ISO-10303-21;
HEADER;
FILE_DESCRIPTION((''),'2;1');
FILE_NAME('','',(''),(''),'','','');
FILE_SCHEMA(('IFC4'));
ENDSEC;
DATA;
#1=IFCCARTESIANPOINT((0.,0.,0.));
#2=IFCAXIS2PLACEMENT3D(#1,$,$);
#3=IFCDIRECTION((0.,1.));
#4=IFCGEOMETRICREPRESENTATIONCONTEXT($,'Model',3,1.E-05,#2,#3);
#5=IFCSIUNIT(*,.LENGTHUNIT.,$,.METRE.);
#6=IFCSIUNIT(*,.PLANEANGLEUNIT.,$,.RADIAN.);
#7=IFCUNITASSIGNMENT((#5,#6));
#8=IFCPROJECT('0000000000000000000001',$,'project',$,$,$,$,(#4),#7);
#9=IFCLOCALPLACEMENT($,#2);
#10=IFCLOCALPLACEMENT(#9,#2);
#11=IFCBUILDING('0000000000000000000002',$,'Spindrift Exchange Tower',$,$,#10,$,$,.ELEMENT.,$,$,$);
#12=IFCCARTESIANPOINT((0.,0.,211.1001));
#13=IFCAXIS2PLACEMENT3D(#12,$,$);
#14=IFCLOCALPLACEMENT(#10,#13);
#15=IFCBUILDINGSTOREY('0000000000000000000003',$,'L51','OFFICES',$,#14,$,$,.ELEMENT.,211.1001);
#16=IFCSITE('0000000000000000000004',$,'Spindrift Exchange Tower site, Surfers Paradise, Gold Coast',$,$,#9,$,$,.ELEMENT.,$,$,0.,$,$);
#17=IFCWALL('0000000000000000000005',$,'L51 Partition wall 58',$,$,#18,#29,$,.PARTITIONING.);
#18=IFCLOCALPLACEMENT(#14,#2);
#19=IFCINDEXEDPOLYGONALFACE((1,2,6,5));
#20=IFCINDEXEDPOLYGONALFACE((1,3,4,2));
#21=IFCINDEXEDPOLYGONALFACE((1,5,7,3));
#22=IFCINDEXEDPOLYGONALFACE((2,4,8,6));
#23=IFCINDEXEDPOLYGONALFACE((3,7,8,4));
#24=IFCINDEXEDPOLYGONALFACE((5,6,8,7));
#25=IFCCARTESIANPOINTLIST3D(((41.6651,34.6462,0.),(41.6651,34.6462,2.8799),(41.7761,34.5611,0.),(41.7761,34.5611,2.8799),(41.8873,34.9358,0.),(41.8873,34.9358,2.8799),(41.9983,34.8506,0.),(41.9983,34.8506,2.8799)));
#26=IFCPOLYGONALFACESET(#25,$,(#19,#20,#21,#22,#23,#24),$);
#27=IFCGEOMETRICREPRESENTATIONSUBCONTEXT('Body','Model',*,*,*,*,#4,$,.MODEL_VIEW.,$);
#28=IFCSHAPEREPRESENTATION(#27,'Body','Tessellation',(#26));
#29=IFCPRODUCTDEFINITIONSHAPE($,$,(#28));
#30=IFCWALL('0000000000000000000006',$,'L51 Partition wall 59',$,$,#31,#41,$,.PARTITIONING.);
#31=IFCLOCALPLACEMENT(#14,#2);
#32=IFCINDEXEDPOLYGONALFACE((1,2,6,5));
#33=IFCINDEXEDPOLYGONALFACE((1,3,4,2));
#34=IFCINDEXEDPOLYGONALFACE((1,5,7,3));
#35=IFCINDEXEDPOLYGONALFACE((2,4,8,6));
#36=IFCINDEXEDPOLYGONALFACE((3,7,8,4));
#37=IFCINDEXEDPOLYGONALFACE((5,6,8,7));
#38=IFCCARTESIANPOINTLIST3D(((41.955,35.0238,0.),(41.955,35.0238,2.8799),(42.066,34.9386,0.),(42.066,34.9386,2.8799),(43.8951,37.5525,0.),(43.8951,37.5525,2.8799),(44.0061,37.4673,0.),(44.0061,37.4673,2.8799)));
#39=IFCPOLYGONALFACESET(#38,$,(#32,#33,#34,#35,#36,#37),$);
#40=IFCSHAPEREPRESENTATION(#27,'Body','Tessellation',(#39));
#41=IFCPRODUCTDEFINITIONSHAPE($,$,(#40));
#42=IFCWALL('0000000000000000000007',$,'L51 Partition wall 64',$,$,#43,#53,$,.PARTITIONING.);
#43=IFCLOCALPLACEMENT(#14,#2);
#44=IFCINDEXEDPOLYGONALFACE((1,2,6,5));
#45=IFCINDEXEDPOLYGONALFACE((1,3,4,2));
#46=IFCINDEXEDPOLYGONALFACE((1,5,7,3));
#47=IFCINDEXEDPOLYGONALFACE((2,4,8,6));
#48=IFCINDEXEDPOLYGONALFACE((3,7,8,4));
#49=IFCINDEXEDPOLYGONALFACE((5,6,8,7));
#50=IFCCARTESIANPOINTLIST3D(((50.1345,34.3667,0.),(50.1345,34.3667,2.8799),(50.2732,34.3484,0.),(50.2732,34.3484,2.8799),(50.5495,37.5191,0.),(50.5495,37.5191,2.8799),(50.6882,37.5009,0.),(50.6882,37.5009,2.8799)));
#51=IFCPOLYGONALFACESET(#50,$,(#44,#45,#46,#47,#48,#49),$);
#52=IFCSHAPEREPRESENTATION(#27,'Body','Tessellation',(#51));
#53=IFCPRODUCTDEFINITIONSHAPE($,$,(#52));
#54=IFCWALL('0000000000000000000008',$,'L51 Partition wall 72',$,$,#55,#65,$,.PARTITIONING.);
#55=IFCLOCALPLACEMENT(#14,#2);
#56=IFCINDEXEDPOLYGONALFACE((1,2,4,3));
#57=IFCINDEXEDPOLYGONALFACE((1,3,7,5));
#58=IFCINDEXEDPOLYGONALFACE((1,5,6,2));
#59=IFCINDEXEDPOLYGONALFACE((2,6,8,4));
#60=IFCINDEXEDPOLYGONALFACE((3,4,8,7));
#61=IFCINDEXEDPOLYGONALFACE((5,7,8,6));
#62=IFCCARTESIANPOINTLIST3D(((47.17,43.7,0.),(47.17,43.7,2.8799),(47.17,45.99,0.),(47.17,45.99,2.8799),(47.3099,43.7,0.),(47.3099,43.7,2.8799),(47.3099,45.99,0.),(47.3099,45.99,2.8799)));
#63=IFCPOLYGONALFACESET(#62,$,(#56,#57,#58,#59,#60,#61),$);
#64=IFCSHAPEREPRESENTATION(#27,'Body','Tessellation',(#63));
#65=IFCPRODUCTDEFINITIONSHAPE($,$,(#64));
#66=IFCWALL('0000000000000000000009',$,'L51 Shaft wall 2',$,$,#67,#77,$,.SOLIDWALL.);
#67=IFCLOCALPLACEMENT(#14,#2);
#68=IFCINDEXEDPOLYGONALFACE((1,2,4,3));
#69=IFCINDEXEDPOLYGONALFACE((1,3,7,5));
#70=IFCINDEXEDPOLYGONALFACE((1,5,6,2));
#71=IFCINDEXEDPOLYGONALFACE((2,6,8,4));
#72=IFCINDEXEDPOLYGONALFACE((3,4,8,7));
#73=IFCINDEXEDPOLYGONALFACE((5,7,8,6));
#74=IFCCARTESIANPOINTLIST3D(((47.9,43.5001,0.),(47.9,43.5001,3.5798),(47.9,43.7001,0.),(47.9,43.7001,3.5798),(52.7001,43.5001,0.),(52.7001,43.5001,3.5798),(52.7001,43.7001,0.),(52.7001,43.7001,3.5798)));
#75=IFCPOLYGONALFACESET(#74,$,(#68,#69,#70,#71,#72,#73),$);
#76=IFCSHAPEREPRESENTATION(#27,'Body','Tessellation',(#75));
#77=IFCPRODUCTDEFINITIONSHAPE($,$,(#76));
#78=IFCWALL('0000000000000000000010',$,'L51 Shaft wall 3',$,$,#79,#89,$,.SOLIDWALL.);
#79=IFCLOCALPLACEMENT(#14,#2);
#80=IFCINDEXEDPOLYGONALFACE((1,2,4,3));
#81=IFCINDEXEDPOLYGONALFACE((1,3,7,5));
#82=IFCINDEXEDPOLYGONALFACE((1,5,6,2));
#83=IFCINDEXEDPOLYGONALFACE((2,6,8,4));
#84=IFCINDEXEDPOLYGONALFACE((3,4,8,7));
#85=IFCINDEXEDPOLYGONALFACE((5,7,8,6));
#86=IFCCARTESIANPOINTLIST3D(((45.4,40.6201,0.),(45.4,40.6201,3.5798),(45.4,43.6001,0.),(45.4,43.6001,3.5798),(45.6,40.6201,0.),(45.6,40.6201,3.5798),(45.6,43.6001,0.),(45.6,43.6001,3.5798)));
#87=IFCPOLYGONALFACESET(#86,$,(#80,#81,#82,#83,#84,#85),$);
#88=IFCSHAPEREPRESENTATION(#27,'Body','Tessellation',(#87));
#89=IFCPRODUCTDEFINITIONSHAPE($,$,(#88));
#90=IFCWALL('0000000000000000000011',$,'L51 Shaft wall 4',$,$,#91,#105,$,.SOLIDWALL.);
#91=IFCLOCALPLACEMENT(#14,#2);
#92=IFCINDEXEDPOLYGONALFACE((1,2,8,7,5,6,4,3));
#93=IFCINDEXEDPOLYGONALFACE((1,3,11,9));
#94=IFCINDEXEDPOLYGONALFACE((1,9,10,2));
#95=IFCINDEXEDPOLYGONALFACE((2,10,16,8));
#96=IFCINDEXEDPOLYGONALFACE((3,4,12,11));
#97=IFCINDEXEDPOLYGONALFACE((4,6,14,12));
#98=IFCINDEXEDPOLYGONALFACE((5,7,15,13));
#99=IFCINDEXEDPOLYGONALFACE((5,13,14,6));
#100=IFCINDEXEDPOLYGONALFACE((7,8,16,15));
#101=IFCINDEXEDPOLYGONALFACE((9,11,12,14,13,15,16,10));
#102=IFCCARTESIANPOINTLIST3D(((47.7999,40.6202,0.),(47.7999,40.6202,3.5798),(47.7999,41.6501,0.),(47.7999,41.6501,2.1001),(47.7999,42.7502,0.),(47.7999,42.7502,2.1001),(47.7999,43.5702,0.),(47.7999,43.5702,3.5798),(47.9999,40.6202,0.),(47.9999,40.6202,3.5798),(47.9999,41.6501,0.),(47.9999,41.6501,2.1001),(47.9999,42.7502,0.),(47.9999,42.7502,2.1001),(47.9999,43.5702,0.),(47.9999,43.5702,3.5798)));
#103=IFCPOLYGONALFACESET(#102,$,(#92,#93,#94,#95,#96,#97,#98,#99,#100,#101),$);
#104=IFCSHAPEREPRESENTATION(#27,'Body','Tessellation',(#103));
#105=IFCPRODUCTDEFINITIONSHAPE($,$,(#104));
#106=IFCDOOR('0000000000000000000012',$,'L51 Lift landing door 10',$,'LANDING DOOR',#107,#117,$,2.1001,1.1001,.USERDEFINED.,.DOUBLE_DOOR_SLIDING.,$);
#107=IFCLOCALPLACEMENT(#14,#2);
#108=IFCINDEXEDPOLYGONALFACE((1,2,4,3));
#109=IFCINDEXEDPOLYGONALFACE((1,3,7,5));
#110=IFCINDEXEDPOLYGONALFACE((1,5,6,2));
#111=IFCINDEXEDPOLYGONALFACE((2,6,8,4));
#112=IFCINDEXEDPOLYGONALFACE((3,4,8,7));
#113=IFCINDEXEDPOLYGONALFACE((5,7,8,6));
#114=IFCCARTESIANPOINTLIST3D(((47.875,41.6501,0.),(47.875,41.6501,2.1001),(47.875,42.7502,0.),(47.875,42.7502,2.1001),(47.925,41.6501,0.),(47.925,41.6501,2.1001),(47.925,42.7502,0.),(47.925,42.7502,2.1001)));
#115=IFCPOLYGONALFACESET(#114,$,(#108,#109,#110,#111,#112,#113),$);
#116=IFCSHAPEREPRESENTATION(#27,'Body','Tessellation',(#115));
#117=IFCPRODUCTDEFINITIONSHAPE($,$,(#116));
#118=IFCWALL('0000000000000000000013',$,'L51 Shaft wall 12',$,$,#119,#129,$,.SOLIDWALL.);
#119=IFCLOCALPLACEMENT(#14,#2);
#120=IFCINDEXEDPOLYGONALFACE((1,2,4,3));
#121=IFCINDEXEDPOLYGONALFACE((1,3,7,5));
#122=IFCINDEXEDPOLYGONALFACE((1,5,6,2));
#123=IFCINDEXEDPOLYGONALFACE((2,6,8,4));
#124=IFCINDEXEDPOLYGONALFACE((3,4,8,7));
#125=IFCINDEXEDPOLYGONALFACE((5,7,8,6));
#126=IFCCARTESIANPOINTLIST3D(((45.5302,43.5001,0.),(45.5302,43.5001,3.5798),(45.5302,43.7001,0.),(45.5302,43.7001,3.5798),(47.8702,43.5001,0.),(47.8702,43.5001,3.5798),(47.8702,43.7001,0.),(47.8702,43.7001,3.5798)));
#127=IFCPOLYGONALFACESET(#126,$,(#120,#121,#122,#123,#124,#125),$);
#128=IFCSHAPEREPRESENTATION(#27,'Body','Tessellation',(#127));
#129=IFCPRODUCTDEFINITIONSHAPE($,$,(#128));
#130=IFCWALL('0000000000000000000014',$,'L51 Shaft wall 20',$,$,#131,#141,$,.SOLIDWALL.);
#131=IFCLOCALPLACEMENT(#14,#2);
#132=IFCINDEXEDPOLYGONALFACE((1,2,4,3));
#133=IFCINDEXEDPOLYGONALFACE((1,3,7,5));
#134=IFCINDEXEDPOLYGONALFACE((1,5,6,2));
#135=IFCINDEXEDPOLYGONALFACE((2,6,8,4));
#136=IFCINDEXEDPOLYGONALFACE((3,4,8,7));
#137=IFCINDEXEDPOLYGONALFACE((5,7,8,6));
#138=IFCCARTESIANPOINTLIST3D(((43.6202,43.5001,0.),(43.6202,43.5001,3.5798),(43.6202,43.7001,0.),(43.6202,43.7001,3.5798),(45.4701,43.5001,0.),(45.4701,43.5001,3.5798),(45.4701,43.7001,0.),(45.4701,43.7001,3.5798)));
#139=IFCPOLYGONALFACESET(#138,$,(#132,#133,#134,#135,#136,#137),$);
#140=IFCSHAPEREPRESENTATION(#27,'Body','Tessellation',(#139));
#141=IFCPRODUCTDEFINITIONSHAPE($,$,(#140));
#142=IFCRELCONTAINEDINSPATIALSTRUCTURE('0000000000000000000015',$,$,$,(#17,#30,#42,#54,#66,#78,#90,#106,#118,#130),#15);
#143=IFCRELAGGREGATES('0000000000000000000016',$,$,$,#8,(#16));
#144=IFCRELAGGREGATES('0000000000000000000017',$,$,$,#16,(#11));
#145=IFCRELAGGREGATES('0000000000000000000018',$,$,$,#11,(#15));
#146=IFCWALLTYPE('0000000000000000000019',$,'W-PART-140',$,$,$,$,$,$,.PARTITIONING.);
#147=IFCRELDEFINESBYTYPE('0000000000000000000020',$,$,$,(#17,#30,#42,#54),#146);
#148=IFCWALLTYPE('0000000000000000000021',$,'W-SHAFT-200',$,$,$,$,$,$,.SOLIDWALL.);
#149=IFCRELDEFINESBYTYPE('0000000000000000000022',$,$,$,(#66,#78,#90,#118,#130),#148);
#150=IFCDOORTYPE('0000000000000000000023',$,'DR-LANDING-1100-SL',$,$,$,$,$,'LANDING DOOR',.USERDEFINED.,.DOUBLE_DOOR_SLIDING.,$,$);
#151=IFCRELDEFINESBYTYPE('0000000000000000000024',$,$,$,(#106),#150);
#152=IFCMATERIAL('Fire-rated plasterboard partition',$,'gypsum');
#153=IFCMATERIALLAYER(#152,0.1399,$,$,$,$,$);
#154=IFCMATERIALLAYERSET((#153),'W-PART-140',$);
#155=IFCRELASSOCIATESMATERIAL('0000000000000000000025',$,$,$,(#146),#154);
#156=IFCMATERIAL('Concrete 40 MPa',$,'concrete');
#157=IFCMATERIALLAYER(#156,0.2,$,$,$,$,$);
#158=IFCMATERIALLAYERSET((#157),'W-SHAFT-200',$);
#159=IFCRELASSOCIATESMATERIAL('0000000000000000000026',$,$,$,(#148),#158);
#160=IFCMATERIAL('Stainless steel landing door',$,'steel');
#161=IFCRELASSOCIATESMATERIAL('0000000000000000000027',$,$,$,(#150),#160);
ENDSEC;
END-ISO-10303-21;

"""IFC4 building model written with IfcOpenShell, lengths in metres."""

from ifc_helpers import new_model, si_unit, direction, frame, frame_2d, origin, place, context, subcontext, project, spatial, rectangle, extrude, source, transform, mapped, material, layer, layer_set, type_object, element, fill, save


model = new_model("IFC4")

# Units and contexts
model_context = context("Model", 3, precision=1e-05, world=origin(), true_north=direction((0.0, 1.0)))
body_context = subcontext(model_context, "Body", "Model", "MODEL_VIEW")
ifc_project = project(units=[si_unit("LENGTHUNIT", "METRE"), si_unit("PLANEANGLEUNIT", "RADIAN")], contexts=[model_context])

# Site, building, storey
site_placement = place(None, origin())
site = spatial("IfcSite", under=ifc_project, at=site_placement, Name="Spindrift Exchange Tower site, Surfers Paradise, Gold Coast", CompositionType="ELEMENT", RefElevation=0.0)
building_placement = place(site_placement, origin())
building = spatial("IfcBuilding", under=site, at=building_placement, Name="Spindrift Exchange Tower", CompositionType="ELEMENT")
storey_placement = place(building_placement, frame((0.0, 0.0, 211.1001)))
storey = spatial("IfcBuildingStorey", under=building, at=storey_placement, Name="L51", Description="OFFICES", CompositionType="ELEMENT", Elevation=211.1001)

# Shared definitions
ifc_material_1 = material(Name="Fire-rated plasterboard partition", Category="gypsum")

# Shared definitions
ifc_layer_1 = layer(ifc_material_1, 0.1399)
ifc_layer_set_1 = layer_set([ifc_layer_1], Name="W-PART-140")
wall_type_1 = type_object("IfcWallType", Name="W-PART-140", PredefinedType="PARTITIONING", material=ifc_layer_set_1)

# Walls
wall_1_placement = place(storey_placement, frame((41.9429, 34.8933, 0.0), z_axis=(0.0, 0.0, 1.0), x_axis=(-0.60874, -0.793369, 0.0)))
element("IfcWall", 1, at=wall_1_placement, inside=storey, type_object=wall_type_1, Name="L51 Partition wall 58", PredefinedType="PARTITIONING", context=body_context, shape_type="SweptSolid", body=[
    extrude(rectangle(XDim=0.365, YDim=0.1399, at=frame_2d((0.1826, 0.0))), origin(), (0.0, 0.0, 1.0), 2.8799),
])
wall_2_placement = place(storey_placement, frame((43.9507, 37.51, 0.0), z_axis=(0.0, 0.0, 1.0), x_axis=(-0.608715, -0.793389, 0.0)))
element("IfcWall", 2, at=wall_2_placement, inside=storey, type_object=wall_type_1, Name="L51 Partition wall 59", PredefinedType="PARTITIONING", context=body_context, shape_type="SweptSolid", body=[
    extrude(rectangle(XDim=3.1873, YDim=0.1399, at=frame_2d((1.5938, 0.0))), origin(), (0.0, 0.0, 1.0), 2.8799),
])
wall_3_placement = place(storey_placement, frame((50.6189, 37.51, 0.0), z_axis=(0.0, 0.0, 1.0), x_axis=(-0.130524, -0.991445, 0.0)))
element("IfcWall", 3, at=wall_3_placement, inside=storey, type_object=wall_type_1, Name="L51 Partition wall 64", PredefinedType="PARTITIONING", context=body_context, shape_type="SweptSolid", body=[
    extrude(rectangle(XDim=3.1797, YDim=0.1399, at=frame_2d((1.5898, 0.0))), origin(), (0.0, 0.0, 1.0), 2.8799),
])
wall_4_placement = place(storey_placement, frame((47.24, 43.7, 0.0), z_axis=(0.0, 0.0, 1.0), x_axis=(0.0, 1.0, 0.0)))
element("IfcWall", 4, at=wall_4_placement, inside=storey, type_object=wall_type_1, Name="L51 Partition wall 72", PredefinedType="PARTITIONING", context=body_context, shape_type="SweptSolid", body=[
    extrude(rectangle(XDim=2.29, YDim=0.1399, at=frame_2d((1.145, 0.0))), origin(), (0.0, 0.0, 1.0), 2.8799),
])
ifc_material_2 = material(Name="Concrete 40 MPa", Category="concrete")
ifc_layer_2 = layer(ifc_material_2, 0.2)
ifc_layer_set_2 = layer_set([ifc_layer_2], Name="W-SHAFT-200")
wall_type_2 = type_object("IfcWallType", Name="W-SHAFT-200", PredefinedType="SOLIDWALL", material=ifc_layer_set_2)
wall_5_placement = place(storey_placement, frame((52.7, 43.6001, 0.0), z_axis=(0.0, 0.0, 1.0), x_axis=(-1.0, 0.0, 0.0)))
element("IfcWall", 5, at=wall_5_placement, inside=storey, type_object=wall_type_2, Name="L51 Shaft wall 2", PredefinedType="SOLIDWALL", context=body_context, shape_type="SweptSolid", body=[
    extrude(rectangle(XDim=4.8, YDim=0.2, at=frame_2d((2.3999, 0.0))), origin(), (0.0, 0.0, 1.0), 3.5798),
])
wall_6_placement = place(storey_placement, frame((45.5, 43.6001, 0.0), z_axis=(0.0, 0.0, 1.0), x_axis=(0.0, -1.0, 0.0)))
element("IfcWall", 6, at=wall_6_placement, inside=storey, type_object=wall_type_2, Name="L51 Shaft wall 3", PredefinedType="SOLIDWALL", context=body_context, shape_type="SweptSolid", body=[
    extrude(rectangle(XDim=2.98, YDim=0.2, at=frame_2d((1.49, 0.0))), origin(), (0.0, 0.0, 1.0), 3.5798),
])

# Wall, opening, door
wall_7_placement = place(storey_placement, frame((47.8999, 40.6201, 0.0), z_axis=(0.0, 0.0, 1.0), x_axis=(0.0, 1.0, 0.0)))
wall_7 = element("IfcWall", 7, at=wall_7_placement, inside=storey, type_object=wall_type_2, Name="L51 Shaft wall 4", PredefinedType="SOLIDWALL", context=body_context, shape_type="SweptSolid", body=[
    extrude(rectangle(XDim=2.95, YDim=0.2, at=frame_2d((1.4751, 0.0))), origin(), (0.0, 0.0, 1.0), 3.5798),
])
opening_1_placement = place(wall_7_placement, frame((1.03, 0.0, 0.0)))
opening_1 = element("IfcOpeningElement", 8, at=opening_1_placement, cuts=wall_7, PredefinedType="OPENING", context=body_context, shape_type="SweptSolid", body=[
    extrude(rectangle(XDim=1.1001, YDim=2.1001, at=frame_2d((0.55, 1.05))), frame((0.0, 0.1099, 0.0), z_axis=(0.0, -1.0, 0.0), x_axis=(1.0, 0.0, 0.0)), (0.0, 0.0, 1.0), 0.22),
])
ifc_material_3 = material(Name="Stainless steel landing door", Category="steel")
door_type_1 = type_object("IfcDoorType", Name="DR-LANDING-1100-SL", ElementType="LANDING DOOR", OperationType="DOUBLE_DOOR_SLIDING", PredefinedType="USERDEFINED", material=ifc_material_3)
shared_shape_1 = source(origin(), body_context, "Body", "SweptSolid", [
    extrude(rectangle(XDim=1.1001, YDim=2.1001, at=frame_2d((0.55, 1.05))), frame((0.0, 0.0249, 0.0), z_axis=(0.0, -1.0, 0.0), x_axis=(1.0, 0.0, 0.0)), (0.0, 0.0, 1.0), 0.05),
])
door_1_placement = place(opening_1_placement, origin())
door_1 = element("IfcDoor", 9, at=door_1_placement, inside=storey, type_object=door_type_1, Name="L51 Lift landing door 10", ObjectType="LANDING DOOR", OperationType="DOUBLE_DOOR_SLIDING", OverallHeight=2.1001, OverallWidth=1.1001, PredefinedType="USERDEFINED", context=body_context, shape_type="MappedRepresentation", body=[
    mapped(shared_shape_1, transform((0.0, 0.0, 0.0), scale=1.0)),
])
fill(opening_1, door_1)

# Walls
wall_8_placement = place(storey_placement, frame((47.8701, 43.6001, 0.0), z_axis=(0.0, 0.0, 1.0), x_axis=(-1.0, 0.0, 0.0)))
element("IfcWall", 10, at=wall_8_placement, inside=storey, type_object=wall_type_2, Name="L51 Shaft wall 12", PredefinedType="SOLIDWALL", context=body_context, shape_type="SweptSolid", body=[
    extrude(rectangle(XDim=2.3401, YDim=0.2, at=frame_2d((1.1699, 0.0))), origin(), (0.0, 0.0, 1.0), 3.5798),
])
wall_9_placement = place(storey_placement, frame((45.47, 43.6001, 0.0), z_axis=(0.0, 0.0, 1.0), x_axis=(-1.0, 0.0, 0.0)))
element("IfcWall", 11, at=wall_9_placement, inside=storey, type_object=wall_type_2, Name="L51 Shaft wall 20", PredefinedType="SOLIDWALL", context=body_context, shape_type="SweptSolid", body=[
    extrude(rectangle(XDim=1.8499, YDim=0.2, at=frame_2d((0.9248, 0.0))), origin(), (0.0, 0.0, 1.0), 3.5798),
])

save(model, "model.ifc")
